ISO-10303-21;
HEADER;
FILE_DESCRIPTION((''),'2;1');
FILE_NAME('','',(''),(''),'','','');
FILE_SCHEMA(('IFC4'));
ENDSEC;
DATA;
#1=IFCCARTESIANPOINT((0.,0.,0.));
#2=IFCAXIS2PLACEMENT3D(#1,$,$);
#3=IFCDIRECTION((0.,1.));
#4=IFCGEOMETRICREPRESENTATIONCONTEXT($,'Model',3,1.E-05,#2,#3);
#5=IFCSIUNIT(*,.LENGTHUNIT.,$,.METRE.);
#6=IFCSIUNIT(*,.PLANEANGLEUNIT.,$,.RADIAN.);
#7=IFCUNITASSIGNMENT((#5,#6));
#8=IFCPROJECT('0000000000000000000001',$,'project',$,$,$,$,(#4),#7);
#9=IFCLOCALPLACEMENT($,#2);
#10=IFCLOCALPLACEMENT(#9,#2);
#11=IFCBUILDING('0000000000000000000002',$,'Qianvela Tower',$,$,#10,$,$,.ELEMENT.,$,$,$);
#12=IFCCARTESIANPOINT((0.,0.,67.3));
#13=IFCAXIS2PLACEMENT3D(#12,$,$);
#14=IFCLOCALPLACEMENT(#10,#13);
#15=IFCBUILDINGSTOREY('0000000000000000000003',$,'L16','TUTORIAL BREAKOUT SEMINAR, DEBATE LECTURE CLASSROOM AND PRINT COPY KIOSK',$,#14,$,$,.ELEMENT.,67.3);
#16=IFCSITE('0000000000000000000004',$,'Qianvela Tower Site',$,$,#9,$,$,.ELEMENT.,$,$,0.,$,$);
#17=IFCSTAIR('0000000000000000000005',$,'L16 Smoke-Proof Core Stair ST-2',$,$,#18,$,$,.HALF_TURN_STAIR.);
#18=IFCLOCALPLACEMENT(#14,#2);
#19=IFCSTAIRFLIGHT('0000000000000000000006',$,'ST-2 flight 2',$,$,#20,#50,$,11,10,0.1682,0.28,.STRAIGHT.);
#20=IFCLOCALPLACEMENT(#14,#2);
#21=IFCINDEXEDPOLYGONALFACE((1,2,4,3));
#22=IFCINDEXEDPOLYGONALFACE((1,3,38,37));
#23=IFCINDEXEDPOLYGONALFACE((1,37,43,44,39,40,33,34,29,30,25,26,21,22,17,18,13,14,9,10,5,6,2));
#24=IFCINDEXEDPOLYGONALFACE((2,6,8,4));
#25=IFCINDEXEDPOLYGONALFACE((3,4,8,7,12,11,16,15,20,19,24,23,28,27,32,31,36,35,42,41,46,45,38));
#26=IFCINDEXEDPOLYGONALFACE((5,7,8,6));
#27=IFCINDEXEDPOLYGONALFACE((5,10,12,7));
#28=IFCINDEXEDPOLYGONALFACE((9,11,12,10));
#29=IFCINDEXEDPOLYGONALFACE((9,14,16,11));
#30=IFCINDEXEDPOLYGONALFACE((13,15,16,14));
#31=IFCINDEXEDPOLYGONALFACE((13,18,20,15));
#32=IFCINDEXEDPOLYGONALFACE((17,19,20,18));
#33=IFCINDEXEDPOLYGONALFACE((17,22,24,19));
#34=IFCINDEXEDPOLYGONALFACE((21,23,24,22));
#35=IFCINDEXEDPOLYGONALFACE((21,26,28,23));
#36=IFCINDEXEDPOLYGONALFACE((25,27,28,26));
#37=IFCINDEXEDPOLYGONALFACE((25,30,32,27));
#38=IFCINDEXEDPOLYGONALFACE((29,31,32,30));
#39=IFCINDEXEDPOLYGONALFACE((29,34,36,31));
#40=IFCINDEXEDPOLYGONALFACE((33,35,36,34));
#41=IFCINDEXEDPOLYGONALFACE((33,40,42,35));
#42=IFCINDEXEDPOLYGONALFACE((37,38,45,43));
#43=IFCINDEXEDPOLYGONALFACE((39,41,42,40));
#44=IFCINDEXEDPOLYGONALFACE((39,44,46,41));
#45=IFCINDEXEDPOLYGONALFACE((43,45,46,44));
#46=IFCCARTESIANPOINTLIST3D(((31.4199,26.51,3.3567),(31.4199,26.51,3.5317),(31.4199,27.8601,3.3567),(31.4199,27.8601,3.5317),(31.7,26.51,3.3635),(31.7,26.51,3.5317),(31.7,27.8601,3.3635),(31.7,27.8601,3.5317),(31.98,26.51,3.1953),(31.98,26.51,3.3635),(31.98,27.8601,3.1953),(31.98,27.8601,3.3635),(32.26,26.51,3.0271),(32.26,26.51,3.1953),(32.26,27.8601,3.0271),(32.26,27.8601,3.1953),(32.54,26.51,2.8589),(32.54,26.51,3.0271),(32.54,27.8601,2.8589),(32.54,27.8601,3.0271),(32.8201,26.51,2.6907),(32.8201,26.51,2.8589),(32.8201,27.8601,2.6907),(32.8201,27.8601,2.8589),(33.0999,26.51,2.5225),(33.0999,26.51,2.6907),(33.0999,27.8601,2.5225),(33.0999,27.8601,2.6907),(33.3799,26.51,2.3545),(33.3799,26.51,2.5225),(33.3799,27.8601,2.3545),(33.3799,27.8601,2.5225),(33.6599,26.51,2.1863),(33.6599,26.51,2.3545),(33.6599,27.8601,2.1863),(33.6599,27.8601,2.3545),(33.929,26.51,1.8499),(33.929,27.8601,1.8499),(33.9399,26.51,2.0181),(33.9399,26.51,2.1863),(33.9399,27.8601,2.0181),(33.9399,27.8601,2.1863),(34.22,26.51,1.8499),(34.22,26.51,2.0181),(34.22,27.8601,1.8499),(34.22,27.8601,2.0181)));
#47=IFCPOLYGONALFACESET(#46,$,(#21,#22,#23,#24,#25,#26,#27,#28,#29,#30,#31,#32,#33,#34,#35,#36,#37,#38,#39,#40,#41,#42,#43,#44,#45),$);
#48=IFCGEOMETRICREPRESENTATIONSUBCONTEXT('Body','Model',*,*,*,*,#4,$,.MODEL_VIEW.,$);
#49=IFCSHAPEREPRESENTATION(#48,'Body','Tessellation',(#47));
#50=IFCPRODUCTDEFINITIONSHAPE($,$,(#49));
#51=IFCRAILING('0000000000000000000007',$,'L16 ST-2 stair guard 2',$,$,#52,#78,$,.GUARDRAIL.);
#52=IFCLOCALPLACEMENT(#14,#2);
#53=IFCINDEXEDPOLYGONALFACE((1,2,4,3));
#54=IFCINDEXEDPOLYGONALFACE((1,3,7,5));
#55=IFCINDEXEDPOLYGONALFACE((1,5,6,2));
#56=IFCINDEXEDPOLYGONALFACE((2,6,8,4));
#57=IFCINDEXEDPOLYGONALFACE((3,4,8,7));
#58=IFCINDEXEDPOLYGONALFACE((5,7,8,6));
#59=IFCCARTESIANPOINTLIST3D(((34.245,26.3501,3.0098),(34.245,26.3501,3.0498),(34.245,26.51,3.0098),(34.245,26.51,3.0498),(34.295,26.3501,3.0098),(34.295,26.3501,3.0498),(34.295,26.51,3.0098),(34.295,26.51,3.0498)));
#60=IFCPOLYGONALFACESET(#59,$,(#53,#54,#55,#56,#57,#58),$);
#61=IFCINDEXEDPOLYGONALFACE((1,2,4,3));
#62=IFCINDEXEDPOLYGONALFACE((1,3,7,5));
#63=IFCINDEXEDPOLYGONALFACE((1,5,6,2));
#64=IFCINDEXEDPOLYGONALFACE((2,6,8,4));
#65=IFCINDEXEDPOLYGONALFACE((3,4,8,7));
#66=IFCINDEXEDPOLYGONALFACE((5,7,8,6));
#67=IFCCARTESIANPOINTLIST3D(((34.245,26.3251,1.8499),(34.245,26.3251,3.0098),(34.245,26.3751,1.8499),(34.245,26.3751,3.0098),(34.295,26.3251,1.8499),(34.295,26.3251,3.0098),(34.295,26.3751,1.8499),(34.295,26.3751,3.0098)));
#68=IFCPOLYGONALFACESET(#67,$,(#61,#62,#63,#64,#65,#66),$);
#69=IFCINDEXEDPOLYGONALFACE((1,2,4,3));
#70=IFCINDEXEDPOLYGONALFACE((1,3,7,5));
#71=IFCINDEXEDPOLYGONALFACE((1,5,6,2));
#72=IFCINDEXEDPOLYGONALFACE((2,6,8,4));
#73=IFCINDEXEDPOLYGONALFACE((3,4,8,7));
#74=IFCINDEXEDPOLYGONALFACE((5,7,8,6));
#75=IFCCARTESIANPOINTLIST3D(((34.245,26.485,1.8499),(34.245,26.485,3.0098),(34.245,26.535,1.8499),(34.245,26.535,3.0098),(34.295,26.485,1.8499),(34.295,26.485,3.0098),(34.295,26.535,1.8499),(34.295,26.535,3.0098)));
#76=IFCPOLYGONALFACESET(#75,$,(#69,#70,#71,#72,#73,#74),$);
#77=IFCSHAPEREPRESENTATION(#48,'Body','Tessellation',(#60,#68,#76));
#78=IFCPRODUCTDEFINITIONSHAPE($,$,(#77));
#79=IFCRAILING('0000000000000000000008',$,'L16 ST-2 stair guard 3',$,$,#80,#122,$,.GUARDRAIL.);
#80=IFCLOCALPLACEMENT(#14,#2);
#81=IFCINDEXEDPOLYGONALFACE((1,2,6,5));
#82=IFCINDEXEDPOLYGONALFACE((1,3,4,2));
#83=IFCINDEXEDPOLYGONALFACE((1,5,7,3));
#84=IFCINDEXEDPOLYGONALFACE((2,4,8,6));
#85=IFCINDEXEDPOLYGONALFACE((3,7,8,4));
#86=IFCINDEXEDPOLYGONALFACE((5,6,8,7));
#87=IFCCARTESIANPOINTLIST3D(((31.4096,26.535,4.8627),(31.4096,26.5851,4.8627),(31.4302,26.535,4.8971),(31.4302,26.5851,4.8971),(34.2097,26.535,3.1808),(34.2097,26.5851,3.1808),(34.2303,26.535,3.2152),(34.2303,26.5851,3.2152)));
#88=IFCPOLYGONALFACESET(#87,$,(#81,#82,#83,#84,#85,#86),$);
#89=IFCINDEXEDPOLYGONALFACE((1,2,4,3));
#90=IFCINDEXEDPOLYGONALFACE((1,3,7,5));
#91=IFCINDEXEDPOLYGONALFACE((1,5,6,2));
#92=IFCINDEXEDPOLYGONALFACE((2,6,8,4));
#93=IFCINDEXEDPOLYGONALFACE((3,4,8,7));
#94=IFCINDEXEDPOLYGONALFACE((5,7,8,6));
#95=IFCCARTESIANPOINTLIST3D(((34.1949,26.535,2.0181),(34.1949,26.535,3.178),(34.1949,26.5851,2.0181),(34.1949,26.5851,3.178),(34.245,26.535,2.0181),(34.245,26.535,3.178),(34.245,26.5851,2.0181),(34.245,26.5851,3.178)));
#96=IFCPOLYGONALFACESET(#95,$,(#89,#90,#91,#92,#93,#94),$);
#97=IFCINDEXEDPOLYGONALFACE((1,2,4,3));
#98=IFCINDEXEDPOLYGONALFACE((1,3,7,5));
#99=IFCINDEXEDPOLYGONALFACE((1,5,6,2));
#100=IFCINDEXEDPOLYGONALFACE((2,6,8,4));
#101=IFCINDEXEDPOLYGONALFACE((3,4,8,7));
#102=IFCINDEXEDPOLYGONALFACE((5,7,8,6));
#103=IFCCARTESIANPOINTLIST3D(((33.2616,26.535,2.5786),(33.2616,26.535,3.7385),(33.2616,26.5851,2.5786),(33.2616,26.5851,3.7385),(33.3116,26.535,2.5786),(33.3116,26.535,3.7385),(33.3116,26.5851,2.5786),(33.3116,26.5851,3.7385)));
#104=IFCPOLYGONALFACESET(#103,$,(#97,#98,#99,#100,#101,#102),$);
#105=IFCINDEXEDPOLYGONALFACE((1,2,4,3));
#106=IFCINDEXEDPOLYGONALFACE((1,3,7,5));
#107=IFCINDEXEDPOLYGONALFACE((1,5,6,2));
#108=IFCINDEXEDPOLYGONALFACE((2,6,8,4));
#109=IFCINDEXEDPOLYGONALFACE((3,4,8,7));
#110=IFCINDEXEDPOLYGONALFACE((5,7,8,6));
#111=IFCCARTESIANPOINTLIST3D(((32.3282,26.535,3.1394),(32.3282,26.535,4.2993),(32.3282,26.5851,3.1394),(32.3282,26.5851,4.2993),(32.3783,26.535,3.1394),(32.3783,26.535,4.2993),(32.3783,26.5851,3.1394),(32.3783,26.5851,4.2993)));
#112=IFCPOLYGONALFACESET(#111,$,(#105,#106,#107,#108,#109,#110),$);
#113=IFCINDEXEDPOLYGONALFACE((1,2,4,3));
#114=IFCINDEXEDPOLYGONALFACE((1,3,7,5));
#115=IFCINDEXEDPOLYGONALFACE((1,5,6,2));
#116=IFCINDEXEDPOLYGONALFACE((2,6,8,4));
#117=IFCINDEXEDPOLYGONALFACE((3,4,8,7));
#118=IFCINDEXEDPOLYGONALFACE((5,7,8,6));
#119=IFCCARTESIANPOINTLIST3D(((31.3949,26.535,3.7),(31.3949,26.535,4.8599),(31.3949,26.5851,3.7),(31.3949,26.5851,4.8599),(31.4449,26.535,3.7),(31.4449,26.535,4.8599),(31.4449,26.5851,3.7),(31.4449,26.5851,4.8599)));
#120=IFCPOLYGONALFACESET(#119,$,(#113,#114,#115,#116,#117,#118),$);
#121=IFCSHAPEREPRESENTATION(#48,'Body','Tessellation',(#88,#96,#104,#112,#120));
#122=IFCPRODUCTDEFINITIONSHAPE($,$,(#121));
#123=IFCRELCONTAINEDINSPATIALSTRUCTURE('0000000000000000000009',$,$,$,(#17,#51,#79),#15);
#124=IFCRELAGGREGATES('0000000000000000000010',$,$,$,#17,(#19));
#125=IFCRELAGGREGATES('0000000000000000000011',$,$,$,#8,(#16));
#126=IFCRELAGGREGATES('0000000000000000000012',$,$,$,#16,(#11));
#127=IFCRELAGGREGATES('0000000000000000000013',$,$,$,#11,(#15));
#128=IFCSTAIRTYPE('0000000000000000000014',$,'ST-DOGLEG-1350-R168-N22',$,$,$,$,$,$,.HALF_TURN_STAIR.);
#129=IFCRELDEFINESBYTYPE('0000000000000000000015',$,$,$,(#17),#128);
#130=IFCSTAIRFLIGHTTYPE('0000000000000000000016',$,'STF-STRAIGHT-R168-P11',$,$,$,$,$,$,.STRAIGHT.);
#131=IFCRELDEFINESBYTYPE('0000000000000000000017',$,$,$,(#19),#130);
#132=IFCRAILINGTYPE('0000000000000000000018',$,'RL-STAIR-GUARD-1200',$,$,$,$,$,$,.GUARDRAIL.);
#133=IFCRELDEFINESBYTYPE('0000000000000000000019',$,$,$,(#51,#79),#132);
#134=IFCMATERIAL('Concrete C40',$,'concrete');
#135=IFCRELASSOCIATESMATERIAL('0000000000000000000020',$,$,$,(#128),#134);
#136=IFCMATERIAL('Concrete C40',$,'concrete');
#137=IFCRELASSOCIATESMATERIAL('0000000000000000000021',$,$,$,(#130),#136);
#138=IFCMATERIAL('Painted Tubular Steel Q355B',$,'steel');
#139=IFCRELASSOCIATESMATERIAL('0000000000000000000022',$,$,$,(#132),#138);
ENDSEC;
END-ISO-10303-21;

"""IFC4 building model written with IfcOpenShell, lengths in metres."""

from ifc_helpers import new_model, si_unit, direction, frame, origin, origin_2d, place, context, subcontext, project, spatial, polyline, rectangle, outline, extrude, material, type_object, element, aggregate, save


model = new_model("IFC4")

# Units and contexts
model_context = context("Model", 3, precision=1e-05, world=origin(), true_north=direction((0.0, 1.0)))
body_context = subcontext(model_context, "Body", "Model", "MODEL_VIEW")
ifc_project = project(units=[si_unit("LENGTHUNIT", "METRE"), si_unit("PLANEANGLEUNIT", "RADIAN")], contexts=[model_context])

# Site, building, storey
site_placement = place(None, origin())
site = spatial("IfcSite", under=ifc_project, at=site_placement, Name="Qianvela Tower Site", CompositionType="ELEMENT", RefElevation=0.0)
building_placement = place(site_placement, origin())
building = spatial("IfcBuilding", under=site, at=building_placement, Name="Qianvela Tower", CompositionType="ELEMENT")
storey_placement = place(building_placement, frame((0.0, 0.0, 67.3)))
storey = spatial("IfcBuildingStorey", under=building, at=storey_placement, Name="L16", Description="TUTORIAL BREAKOUT SEMINAR, DEBATE LECTURE CLASSROOM AND PRINT COPY KIOSK", CompositionType="ELEMENT", Elevation=67.3)

# Stair, stair flight
ifc_material_1 = material(Name="Concrete C40", Category="concrete")
stair_type = type_object("IfcStairType", Name="ST-DOGLEG-1350-R168-N22", PredefinedType="HALF_TURN_STAIR", material=ifc_material_1)
stair_placement = place(storey_placement, origin())
stair = element("IfcStair", 1, at=stair_placement, inside=storey, type_object=stair_type, Name="L16 Smoke-Proof Core Stair ST-2", PredefinedType="HALF_TURN_STAIR")
ifc_material_2 = material(Name="Concrete C40", Category="concrete")
stair_flight_type = type_object("IfcStairFlightType", Name="STF-STRAIGHT-R168-P11", PredefinedType="STRAIGHT", material=ifc_material_2)
stair_flight_placement = place(storey_placement, frame((34.22, 27.1851, 1.8499), z_axis=(0.0, 0.0, 1.0), x_axis=(-1.0, 0.0, 0.0)))
stair_flight = element("IfcStairFlight", 2, at=stair_flight_placement, type_object=stair_flight_type, Name="ST-2 flight 2", NumberOfRisers=11, NumberOfTreads=10, PredefinedType="STRAIGHT", RiserHeight=0.1682, TreadLength=0.28, context=body_context, shape_type="SweptSolid", body=[
    extrude(outline(polyline([(0.0, 0.0), (0.0, 0.1682), (0.28, 0.1682), (0.28, 0.3364), (0.5601, 0.3364), (0.5601, 0.5046), (0.8401, 0.5046), (0.8401, 0.6726), (1.1201, 0.6726), (1.1201, 0.8408), (1.3999, 0.8408), (1.3999, 1.009), (1.6799, 1.009), (1.6799, 1.1772), (1.96, 1.1772), (1.96, 1.3455), (2.24, 1.3455), (2.24, 1.5137), (2.52, 1.5137), (2.52, 1.6819), (2.8, 1.6819), (2.8, 1.8501), (2.8, 1.5068), (0.291, 0.0), (0.0, 0.0)])), frame((0.0, 0.675, 0.0), z_axis=(0.0, -1.0, 0.0), x_axis=(1.0, 0.0, 0.0)), (0.0, 0.0, 1.0), 1.3501),
])
aggregate(stair, [stair_flight])

# Railings
ifc_material_3 = material(Name="Painted Tubular Steel Q355B", Category="steel")
railing_type = type_object("IfcRailingType", Name="RL-STAIR-GUARD-1200", PredefinedType="GUARDRAIL", material=ifc_material_3)
railing_1_placement = place(storey_placement, frame((34.27, 26.3501, 1.8499)))
element("IfcRailing", 3, at=railing_1_placement, inside=storey, type_object=railing_type, Name="L16 ST-2 stair guard 2", PredefinedType="GUARDRAIL", context=body_context, shape_type="SweptSolid", body=[
    extrude(rectangle(XDim=0.05, YDim=0.04, at=origin_2d()), frame((0.0, 0.0, 1.1799), z_axis=(0.0, 1.0, 0.0), x_axis=(-1.0, 0.0, 0.0)), (0.0, 0.0, 1.0), 0.1599),
    extrude(rectangle(XDim=0.05, YDim=0.05, at=origin_2d()), origin(), (0.0, 0.0, 1.0), 1.1599),
    extrude(rectangle(XDim=0.05, YDim=0.05, at=origin_2d()), frame((0.0, 0.1599, 0.0)), (0.0, 0.0, 1.0), 1.1599),
])
railing_2_placement = place(storey_placement, frame((34.22, 26.5601, 2.0181)))
element("IfcRailing", 4, at=railing_2_placement, inside=storey, type_object=railing_type, Name="L16 ST-2 stair guard 3", PredefinedType="GUARDRAIL", context=body_context, shape_type="SweptSolid", body=[
    extrude(rectangle(XDim=0.05, YDim=0.04, at=origin_2d()), frame((0.0, 0.0, 1.1799), z_axis=(-0.857242, 0.0, 0.514913), x_axis=(0.0, -1.0, 0.0)), (0.0, 0.0, 1.0), 3.2664),
    extrude(rectangle(XDim=0.05, YDim=0.05, at=origin_2d()), origin(), (0.0, 0.0, 1.0), 1.1599),
    extrude(rectangle(XDim=0.05, YDim=0.05, at=origin_2d()), frame((-0.9333, 0.0, 0.5605)), (0.0, 0.0, 1.0), 1.1599),
    extrude(rectangle(XDim=0.05, YDim=0.05, at=origin_2d()), frame((-1.8667, 0.0, 1.1213)), (0.0, 0.0, 1.0), 1.1599),
    extrude(rectangle(XDim=0.05, YDim=0.05, at=origin_2d()), frame((-2.8, 0.0, 1.6819)), (0.0, 0.0, 1.0), 1.1599),
])

save(model, "model.ifc")
